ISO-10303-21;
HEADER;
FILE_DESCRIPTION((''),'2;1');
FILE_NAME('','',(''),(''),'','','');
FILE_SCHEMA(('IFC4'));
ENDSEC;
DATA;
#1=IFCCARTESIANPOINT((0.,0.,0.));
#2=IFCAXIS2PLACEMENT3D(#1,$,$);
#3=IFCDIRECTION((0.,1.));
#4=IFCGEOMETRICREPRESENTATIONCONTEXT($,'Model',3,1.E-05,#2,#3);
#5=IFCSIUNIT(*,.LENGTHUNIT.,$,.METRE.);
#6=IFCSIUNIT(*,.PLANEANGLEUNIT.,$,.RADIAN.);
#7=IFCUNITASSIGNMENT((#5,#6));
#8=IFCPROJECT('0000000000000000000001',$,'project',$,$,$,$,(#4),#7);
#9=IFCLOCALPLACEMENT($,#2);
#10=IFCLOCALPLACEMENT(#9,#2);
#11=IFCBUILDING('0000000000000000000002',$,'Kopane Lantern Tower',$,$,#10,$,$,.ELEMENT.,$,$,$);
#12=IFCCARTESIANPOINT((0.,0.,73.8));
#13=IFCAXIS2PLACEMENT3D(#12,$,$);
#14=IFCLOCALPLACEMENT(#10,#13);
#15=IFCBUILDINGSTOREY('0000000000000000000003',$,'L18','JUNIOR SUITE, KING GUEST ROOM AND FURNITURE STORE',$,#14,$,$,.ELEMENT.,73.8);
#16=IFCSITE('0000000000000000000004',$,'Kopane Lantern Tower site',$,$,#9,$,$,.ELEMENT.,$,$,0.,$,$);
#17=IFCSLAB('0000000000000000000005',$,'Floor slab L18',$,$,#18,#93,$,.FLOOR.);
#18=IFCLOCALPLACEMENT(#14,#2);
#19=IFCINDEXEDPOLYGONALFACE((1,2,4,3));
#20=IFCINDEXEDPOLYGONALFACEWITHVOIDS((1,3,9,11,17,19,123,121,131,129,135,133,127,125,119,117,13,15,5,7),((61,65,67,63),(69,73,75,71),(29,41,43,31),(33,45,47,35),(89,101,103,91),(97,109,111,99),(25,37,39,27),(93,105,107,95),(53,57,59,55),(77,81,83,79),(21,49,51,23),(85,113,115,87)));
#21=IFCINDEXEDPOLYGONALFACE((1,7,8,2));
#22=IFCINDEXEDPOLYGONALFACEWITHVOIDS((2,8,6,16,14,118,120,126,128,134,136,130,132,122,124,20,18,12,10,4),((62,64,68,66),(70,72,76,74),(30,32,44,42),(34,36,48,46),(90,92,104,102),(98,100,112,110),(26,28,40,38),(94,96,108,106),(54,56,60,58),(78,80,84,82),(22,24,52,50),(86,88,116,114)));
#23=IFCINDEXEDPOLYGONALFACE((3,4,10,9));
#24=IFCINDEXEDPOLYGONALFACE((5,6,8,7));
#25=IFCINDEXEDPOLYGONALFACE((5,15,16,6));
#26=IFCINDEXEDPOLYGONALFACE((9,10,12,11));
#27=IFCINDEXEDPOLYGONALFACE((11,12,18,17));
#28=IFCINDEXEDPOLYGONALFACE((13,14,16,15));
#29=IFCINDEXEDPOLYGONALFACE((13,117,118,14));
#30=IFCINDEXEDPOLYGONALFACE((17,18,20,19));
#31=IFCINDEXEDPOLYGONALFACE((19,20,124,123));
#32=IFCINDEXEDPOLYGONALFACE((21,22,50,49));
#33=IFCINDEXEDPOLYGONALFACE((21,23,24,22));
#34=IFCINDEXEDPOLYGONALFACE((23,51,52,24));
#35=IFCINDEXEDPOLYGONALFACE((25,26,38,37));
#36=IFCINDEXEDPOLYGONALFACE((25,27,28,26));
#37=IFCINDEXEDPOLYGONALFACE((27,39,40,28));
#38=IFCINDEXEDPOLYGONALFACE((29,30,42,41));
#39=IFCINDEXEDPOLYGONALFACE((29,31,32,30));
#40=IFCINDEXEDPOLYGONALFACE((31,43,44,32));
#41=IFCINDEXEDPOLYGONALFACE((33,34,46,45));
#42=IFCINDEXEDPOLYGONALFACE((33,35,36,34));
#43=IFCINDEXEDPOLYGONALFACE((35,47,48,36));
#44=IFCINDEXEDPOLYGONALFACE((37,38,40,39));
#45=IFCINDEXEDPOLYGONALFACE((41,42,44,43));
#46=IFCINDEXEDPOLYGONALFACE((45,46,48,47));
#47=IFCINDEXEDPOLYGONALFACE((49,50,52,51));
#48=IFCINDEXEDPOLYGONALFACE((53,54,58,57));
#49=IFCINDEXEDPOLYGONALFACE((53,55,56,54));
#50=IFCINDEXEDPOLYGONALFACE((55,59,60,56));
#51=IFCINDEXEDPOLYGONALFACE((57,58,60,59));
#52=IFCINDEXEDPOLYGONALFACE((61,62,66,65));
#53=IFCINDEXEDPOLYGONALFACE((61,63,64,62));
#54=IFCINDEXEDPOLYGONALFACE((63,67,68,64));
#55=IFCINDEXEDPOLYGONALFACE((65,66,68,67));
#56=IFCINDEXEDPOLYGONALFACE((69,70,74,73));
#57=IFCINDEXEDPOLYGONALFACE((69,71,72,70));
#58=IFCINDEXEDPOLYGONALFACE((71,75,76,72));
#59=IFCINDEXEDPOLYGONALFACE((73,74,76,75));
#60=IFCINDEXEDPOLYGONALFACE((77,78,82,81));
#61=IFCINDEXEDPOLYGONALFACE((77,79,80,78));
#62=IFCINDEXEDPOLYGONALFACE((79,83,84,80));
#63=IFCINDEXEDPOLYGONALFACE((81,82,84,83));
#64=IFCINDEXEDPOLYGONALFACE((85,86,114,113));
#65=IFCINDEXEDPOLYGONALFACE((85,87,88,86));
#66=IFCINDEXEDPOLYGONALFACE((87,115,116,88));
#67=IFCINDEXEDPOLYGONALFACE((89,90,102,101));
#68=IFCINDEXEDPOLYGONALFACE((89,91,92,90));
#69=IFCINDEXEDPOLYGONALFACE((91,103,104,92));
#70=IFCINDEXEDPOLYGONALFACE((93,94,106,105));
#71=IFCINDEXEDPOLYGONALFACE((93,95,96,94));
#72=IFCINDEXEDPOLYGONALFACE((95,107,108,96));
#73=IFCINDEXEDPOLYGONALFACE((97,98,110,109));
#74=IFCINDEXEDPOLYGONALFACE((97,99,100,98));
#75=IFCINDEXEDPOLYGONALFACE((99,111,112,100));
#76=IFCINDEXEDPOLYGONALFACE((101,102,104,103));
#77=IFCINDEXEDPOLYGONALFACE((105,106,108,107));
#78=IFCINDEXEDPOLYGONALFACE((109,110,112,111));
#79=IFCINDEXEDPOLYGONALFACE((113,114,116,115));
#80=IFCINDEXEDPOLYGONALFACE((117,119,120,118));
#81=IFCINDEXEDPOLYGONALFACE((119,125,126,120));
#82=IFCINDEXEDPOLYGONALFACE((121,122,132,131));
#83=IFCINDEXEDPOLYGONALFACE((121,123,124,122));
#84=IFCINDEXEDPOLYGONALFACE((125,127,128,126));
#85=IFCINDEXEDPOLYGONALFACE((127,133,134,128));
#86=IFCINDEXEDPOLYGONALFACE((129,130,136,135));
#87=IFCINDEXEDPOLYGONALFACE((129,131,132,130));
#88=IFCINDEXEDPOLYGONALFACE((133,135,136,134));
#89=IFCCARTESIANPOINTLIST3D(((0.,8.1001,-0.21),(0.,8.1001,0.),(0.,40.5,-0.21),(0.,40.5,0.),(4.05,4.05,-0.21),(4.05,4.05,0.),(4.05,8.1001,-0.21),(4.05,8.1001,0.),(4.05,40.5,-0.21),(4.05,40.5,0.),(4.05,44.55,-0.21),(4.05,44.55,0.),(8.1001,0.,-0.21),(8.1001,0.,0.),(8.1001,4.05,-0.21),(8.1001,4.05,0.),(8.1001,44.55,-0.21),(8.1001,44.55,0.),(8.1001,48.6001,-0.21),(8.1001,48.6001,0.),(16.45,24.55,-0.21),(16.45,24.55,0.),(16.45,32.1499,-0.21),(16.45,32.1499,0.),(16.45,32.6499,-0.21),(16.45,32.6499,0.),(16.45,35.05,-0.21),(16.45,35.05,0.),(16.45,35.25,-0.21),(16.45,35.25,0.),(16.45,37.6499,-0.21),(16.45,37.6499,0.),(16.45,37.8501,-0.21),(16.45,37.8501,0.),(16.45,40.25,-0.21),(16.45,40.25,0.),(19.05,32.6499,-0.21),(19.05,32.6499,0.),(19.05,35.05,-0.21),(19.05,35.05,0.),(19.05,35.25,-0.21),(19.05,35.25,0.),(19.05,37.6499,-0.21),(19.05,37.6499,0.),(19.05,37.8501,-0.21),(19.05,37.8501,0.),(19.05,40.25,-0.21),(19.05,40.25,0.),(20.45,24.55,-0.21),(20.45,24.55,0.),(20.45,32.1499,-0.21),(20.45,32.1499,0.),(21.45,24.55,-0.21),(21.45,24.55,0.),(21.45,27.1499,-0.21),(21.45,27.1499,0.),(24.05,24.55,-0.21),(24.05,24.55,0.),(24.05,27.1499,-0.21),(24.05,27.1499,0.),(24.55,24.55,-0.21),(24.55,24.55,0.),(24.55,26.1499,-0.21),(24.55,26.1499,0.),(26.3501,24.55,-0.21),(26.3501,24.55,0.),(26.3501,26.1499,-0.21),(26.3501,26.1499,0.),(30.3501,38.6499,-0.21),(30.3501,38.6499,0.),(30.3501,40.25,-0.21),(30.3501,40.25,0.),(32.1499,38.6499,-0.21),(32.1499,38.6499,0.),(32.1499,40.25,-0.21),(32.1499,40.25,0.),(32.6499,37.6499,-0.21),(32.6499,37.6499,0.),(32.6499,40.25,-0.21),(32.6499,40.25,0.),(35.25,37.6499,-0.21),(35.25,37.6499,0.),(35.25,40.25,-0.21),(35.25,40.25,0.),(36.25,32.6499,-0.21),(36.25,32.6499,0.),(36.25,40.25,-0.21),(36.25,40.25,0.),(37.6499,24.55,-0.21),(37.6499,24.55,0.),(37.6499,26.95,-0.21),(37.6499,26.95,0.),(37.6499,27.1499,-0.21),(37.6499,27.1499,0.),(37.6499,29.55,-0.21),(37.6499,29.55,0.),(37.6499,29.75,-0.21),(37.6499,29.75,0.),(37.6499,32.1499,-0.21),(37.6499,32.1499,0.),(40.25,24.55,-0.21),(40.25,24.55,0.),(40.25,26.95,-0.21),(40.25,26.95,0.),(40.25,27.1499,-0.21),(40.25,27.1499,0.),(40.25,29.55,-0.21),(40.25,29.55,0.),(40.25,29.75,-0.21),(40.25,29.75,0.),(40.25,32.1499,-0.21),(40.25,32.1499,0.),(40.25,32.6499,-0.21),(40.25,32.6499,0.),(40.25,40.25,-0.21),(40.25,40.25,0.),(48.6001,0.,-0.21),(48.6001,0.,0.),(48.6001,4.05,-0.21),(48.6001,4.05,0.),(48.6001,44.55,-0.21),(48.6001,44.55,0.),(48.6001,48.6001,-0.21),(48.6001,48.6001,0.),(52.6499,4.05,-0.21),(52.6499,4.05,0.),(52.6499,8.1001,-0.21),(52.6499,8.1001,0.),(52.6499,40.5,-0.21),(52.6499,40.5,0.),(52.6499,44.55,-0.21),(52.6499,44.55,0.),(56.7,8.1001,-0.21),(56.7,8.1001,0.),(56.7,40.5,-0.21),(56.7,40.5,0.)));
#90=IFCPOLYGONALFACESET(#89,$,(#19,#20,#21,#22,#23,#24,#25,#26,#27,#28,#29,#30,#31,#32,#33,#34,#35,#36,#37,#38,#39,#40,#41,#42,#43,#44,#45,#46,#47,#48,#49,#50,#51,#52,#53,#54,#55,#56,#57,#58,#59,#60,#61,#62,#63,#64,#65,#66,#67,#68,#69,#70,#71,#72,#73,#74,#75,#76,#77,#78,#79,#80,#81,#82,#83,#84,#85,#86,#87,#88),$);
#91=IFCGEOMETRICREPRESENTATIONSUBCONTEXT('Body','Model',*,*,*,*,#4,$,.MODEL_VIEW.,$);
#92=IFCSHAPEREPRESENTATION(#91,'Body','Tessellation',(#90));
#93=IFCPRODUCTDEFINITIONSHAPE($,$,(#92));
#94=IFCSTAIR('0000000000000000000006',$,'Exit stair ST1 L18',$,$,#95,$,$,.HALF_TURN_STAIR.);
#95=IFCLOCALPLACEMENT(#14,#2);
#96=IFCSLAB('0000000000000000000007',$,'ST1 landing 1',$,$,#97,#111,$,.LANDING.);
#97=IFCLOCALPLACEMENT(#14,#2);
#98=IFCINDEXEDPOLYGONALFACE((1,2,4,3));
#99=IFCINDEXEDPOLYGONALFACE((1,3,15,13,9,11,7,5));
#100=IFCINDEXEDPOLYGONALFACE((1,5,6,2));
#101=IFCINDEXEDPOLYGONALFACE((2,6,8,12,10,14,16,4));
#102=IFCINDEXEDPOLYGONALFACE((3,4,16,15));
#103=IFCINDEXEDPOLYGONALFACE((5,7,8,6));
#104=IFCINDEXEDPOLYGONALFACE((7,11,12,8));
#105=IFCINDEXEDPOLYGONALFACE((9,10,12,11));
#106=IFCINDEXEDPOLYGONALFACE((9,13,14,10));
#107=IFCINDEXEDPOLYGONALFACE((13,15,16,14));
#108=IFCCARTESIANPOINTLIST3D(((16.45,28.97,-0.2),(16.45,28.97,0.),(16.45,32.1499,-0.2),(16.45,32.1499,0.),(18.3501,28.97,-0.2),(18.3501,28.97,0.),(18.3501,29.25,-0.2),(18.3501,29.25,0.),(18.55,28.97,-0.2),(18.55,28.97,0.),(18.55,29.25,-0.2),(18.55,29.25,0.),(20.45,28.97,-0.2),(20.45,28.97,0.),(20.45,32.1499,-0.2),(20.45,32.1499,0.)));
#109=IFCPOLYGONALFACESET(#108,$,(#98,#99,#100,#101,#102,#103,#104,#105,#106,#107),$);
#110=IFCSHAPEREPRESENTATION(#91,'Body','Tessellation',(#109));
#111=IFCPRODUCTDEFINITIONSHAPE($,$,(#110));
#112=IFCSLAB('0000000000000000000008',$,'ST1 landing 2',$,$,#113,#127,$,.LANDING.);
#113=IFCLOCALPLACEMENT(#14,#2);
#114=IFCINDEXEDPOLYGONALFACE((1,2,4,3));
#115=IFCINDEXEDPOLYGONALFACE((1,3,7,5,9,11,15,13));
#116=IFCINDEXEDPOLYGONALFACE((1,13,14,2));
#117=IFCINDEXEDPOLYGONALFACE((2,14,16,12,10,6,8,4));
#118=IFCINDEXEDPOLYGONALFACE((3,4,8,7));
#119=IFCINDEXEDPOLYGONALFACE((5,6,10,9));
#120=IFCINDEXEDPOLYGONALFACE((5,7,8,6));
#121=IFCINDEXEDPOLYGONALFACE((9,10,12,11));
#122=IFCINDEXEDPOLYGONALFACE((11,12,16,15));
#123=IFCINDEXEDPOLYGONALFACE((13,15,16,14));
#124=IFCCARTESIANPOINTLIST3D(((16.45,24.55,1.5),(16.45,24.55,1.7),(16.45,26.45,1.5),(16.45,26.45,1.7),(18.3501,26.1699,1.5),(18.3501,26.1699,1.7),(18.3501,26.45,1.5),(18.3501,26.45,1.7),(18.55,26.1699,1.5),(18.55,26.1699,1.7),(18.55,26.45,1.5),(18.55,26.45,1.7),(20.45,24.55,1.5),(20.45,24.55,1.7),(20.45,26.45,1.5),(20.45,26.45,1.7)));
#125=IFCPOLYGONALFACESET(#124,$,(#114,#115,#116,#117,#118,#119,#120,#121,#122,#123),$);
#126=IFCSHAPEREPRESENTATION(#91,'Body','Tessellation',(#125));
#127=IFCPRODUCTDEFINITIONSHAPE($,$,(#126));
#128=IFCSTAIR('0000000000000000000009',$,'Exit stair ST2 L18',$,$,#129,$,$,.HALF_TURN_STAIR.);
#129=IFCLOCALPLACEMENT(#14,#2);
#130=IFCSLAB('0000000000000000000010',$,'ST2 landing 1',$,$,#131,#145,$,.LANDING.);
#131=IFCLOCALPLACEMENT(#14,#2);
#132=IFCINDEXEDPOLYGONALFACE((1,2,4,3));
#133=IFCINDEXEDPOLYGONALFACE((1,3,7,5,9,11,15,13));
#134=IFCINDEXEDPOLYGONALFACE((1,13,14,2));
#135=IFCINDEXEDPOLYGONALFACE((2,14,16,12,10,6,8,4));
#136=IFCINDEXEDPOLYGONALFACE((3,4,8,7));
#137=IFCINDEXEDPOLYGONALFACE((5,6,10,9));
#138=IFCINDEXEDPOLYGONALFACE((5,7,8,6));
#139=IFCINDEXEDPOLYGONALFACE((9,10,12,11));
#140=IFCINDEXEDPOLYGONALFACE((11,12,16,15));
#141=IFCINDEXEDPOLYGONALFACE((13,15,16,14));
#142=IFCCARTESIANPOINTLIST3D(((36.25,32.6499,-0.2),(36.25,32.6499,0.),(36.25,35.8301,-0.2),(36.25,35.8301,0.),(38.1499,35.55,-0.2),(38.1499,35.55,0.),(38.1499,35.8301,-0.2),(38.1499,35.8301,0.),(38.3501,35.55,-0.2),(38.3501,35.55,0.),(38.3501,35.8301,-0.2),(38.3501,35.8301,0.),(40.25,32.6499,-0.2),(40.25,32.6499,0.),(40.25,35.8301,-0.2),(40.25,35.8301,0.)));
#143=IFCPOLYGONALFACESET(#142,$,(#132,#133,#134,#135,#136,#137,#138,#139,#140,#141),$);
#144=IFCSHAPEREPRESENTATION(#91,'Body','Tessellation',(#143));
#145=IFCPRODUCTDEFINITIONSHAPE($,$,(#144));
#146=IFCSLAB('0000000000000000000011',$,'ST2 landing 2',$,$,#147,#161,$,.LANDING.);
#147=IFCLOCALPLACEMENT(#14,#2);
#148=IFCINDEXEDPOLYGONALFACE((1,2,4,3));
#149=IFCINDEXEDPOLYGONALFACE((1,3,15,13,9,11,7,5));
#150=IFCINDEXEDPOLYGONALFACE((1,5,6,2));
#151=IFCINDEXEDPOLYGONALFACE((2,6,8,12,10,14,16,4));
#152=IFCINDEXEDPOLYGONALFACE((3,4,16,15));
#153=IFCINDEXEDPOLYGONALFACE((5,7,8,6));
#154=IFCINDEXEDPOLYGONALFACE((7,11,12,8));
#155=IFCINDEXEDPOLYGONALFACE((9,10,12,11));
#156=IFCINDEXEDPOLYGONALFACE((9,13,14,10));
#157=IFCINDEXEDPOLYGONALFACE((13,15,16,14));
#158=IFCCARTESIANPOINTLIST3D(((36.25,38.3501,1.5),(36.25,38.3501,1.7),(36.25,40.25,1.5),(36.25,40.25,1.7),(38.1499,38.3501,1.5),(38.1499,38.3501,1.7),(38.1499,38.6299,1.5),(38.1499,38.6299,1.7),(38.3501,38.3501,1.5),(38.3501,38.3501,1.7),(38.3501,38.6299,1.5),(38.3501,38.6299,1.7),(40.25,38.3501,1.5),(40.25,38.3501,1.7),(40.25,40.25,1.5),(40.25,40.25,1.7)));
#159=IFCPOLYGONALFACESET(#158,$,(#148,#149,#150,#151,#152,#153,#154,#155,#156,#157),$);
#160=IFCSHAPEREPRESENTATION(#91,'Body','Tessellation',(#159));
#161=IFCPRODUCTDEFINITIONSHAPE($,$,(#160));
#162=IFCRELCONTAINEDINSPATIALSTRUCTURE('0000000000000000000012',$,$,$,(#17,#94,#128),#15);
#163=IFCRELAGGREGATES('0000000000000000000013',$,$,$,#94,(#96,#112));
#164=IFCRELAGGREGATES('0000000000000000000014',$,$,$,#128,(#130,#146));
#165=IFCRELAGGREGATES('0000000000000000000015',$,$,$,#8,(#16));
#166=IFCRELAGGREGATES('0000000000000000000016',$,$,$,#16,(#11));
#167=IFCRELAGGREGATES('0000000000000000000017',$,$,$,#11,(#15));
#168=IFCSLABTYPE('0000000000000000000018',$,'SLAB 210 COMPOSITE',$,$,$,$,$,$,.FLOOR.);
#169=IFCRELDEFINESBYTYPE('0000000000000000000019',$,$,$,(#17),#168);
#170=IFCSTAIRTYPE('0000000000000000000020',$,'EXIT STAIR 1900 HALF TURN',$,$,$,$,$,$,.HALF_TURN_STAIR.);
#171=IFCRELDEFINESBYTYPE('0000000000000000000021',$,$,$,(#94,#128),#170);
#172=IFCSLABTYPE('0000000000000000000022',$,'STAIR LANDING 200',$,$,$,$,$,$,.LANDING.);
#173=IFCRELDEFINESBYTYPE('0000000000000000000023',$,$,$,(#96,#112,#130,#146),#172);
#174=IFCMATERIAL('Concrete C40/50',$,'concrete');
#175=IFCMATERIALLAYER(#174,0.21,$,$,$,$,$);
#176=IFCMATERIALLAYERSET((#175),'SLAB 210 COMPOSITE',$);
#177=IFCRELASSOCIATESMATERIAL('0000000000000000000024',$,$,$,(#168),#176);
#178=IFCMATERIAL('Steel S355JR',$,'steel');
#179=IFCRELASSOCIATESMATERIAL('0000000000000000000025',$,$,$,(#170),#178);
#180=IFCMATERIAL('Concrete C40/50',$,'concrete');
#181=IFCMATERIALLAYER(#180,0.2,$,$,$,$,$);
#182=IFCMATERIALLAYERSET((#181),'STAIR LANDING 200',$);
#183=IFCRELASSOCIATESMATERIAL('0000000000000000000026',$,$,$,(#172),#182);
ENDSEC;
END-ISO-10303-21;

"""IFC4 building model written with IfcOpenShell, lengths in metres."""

from ifc_helpers import new_model, si_unit, direction, frame, origin, place, context, subcontext, project, spatial, polyline, outline, extrude, material, layer, layer_set, type_object, element, aggregate, save


model = new_model("IFC4")

# Units and contexts
model_context = context("Model", 3, precision=1e-05, world=origin(), true_north=direction((0.0, 1.0)))
body_context = subcontext(model_context, "Body", "Model", "MODEL_VIEW")
ifc_project = project(units=[si_unit("LENGTHUNIT", "METRE"), si_unit("PLANEANGLEUNIT", "RADIAN")], contexts=[model_context])

# Site, building, storey
site_placement = place(None, origin())
site = spatial("IfcSite", under=ifc_project, at=site_placement, Name="Kopane Lantern Tower site", CompositionType="ELEMENT", RefElevation=0.0)
building_placement = place(site_placement, origin())
building = spatial("IfcBuilding", under=site, at=building_placement, Name="Kopane Lantern Tower", CompositionType="ELEMENT")
storey_placement = place(building_placement, frame((0.0, 0.0, 73.8)))
storey = spatial("IfcBuildingStorey", under=building, at=storey_placement, Name="L18", Description="JUNIOR SUITE, KING GUEST ROOM AND FURNITURE STORE", CompositionType="ELEMENT", Elevation=73.8)

# Slab
ifc_material_1 = material(Name="Concrete C40/50", Category="concrete")
ifc_layer_1 = layer(ifc_material_1, 0.21)
ifc_layer_set_1 = layer_set([ifc_layer_1], Name="SLAB 210 COMPOSITE")
slab_type_1 = type_object("IfcSlabType", Name="SLAB 210 COMPOSITE", PredefinedType="FLOOR", material=ifc_layer_set_1)
slab_1_placement = place(storey_placement, frame((0.0, 0.0, -0.21)))
element("IfcSlab", 1, at=slab_1_placement, inside=storey, type_object=slab_type_1, Name="Floor slab L18", PredefinedType="FLOOR", context=body_context, shape_type="SweptSolid", body=[
    extrude(outline(polyline([(8.1001, 0.0), (48.6001, 0.0), (48.6001, 4.05), (52.6499, 4.05), (52.6499, 8.1001), (56.7, 8.1001), (56.7, 40.5), (52.6499, 40.5), (52.6499, 44.55), (48.6001, 44.55), (48.6001, 48.6001), (8.1001, 48.6001), (8.1001, 44.55), (4.05, 44.55), (4.05, 40.5), (0.0, 40.5), (0.0, 8.1001), (4.05, 8.1001), (4.05, 4.05), (8.1001, 4.05), (8.1001, 0.0)]), holes=[polyline([(16.45, 24.55), (20.45, 24.55), (20.45, 32.1499), (16.45, 32.1499), (16.45, 24.55)]), polyline([(36.25, 32.6499), (40.25, 32.6499), (40.25, 40.25), (36.25, 40.25), (36.25, 32.6499)]), polyline([(16.45, 32.6499), (19.05, 32.6499), (19.05, 35.05), (16.45, 35.05), (16.45, 32.6499)]), polyline([(16.45, 35.25), (19.05, 35.25), (19.05, 37.6499), (16.45, 37.6499), (16.45, 35.25)]), polyline([(16.45, 37.8501), (19.05, 37.8501), (19.05, 40.25), (16.45, 40.25), (16.45, 37.8501)]), polyline([(37.6499, 24.55), (40.25, 24.55), (40.25, 26.95), (37.6499, 26.95), (37.6499, 24.55)]), polyline([(37.6499, 27.1499), (40.25, 27.1499), (40.25, 29.55), (37.6499, 29.55), (37.6499, 27.1499)]), polyline([(37.6499, 29.75), (40.25, 29.75), (40.25, 32.1499), (37.6499, 32.1499), (37.6499, 29.75)]), polyline([(21.45, 24.55), (24.05, 24.55), (24.05, 27.1499), (21.45, 27.1499), (21.45, 24.55)]), polyline([(32.6499, 37.6499), (35.25, 37.6499), (35.25, 40.25), (32.6499, 40.25), (32.6499, 37.6499)]), polyline([(24.55, 24.55), (26.3501, 24.55), (26.3501, 26.1499), (24.55, 26.1499), (24.55, 24.55)]), polyline([(30.3501, 38.6499), (32.1499, 38.6499), (32.1499, 40.25), (30.3501, 40.25), (30.3501, 38.6499)])]), origin(), (0.0, 0.0, 1.0), 0.21),
])

# Stairs, slabs
ifc_material_2 = material(Name="Steel S355JR", Category="steel")
stair_type = type_object("IfcStairType", Name="EXIT STAIR 1900 HALF TURN", PredefinedType="HALF_TURN_STAIR", material=ifc_material_2)
stair_1_placement = place(storey_placement, origin())
stair_1 = element("IfcStair", 2, at=stair_1_placement, inside=storey, type_object=stair_type, Name="Exit stair ST1 L18", PredefinedType="HALF_TURN_STAIR")
ifc_material_3 = material(Name="Concrete C40/50", Category="concrete")
ifc_layer_2 = layer(ifc_material_3, 0.2)
ifc_layer_set_2 = layer_set([ifc_layer_2], Name="STAIR LANDING 200")
slab_type_2 = type_object("IfcSlabType", Name="STAIR LANDING 200", PredefinedType="LANDING", material=ifc_layer_set_2)
slab_2_placement = place(storey_placement, frame((0.0, 0.0, -0.2)))
slab_2 = element("IfcSlab", 3, at=slab_2_placement, type_object=slab_type_2, Name="ST1 landing 1", PredefinedType="LANDING", context=body_context, shape_type="SweptSolid", body=[
    extrude(outline(polyline([(18.3501, 29.25), (18.55, 29.25), (18.55, 28.97), (20.45, 28.97), (20.45, 32.1499), (16.45, 32.1499), (16.45, 28.97), (18.3501, 28.97), (18.3501, 29.25)])), origin(), (0.0, 0.0, 1.0), 0.2),
])
slab_3_placement = place(storey_placement, frame((0.0, 0.0, 1.5)))
slab_3 = element("IfcSlab", 4, at=slab_3_placement, type_object=slab_type_2, Name="ST1 landing 2", PredefinedType="LANDING", context=body_context, shape_type="SweptSolid", body=[
    extrude(outline(polyline([(20.45, 26.45), (18.55, 26.45), (18.55, 26.1699), (18.3501, 26.1699), (18.3501, 26.45), (16.45, 26.45), (16.45, 24.55), (20.45, 24.55), (20.45, 26.45)])), origin(), (0.0, 0.0, 1.0), 0.2),
])
aggregate(stair_1, [slab_2, slab_3])
stair_2_placement = place(storey_placement, origin())
stair_2 = element("IfcStair", 5, at=stair_2_placement, inside=storey, type_object=stair_type, Name="Exit stair ST2 L18", PredefinedType="HALF_TURN_STAIR")
slab_4_placement = place(storey_placement, frame((0.0, 0.0, -0.2)))
slab_4 = element("IfcSlab", 6, at=slab_4_placement, type_object=slab_type_2, Name="ST2 landing 1", PredefinedType="LANDING", context=body_context, shape_type="SweptSolid", body=[
    extrude(outline(polyline([(40.25, 35.8301), (38.3501, 35.8301), (38.3501, 35.55), (38.1499, 35.55), (38.1499, 35.8301), (36.25, 35.8301), (36.25, 32.6499), (40.25, 32.6499), (40.25, 35.8301)])), origin(), (0.0, 0.0, 1.0), 0.2),
])
slab_5_placement = place(storey_placement, frame((0.0, 0.0, 1.5)))
slab_5 = element("IfcSlab", 7, at=slab_5_placement, type_object=slab_type_2, Name="ST2 landing 2", PredefinedType="LANDING", context=body_context, shape_type="SweptSolid", body=[
    extrude(outline(polyline([(38.1499, 38.6299), (38.3501, 38.6299), (38.3501, 38.3501), (40.25, 38.3501), (40.25, 40.25), (36.25, 40.25), (36.25, 38.3501), (38.1499, 38.3501), (38.1499, 38.6299)])), origin(), (0.0, 0.0, 1.0), 0.2),
])
aggregate(stair_2, [slab_4, slab_5])

save(model, "model.ifc")
